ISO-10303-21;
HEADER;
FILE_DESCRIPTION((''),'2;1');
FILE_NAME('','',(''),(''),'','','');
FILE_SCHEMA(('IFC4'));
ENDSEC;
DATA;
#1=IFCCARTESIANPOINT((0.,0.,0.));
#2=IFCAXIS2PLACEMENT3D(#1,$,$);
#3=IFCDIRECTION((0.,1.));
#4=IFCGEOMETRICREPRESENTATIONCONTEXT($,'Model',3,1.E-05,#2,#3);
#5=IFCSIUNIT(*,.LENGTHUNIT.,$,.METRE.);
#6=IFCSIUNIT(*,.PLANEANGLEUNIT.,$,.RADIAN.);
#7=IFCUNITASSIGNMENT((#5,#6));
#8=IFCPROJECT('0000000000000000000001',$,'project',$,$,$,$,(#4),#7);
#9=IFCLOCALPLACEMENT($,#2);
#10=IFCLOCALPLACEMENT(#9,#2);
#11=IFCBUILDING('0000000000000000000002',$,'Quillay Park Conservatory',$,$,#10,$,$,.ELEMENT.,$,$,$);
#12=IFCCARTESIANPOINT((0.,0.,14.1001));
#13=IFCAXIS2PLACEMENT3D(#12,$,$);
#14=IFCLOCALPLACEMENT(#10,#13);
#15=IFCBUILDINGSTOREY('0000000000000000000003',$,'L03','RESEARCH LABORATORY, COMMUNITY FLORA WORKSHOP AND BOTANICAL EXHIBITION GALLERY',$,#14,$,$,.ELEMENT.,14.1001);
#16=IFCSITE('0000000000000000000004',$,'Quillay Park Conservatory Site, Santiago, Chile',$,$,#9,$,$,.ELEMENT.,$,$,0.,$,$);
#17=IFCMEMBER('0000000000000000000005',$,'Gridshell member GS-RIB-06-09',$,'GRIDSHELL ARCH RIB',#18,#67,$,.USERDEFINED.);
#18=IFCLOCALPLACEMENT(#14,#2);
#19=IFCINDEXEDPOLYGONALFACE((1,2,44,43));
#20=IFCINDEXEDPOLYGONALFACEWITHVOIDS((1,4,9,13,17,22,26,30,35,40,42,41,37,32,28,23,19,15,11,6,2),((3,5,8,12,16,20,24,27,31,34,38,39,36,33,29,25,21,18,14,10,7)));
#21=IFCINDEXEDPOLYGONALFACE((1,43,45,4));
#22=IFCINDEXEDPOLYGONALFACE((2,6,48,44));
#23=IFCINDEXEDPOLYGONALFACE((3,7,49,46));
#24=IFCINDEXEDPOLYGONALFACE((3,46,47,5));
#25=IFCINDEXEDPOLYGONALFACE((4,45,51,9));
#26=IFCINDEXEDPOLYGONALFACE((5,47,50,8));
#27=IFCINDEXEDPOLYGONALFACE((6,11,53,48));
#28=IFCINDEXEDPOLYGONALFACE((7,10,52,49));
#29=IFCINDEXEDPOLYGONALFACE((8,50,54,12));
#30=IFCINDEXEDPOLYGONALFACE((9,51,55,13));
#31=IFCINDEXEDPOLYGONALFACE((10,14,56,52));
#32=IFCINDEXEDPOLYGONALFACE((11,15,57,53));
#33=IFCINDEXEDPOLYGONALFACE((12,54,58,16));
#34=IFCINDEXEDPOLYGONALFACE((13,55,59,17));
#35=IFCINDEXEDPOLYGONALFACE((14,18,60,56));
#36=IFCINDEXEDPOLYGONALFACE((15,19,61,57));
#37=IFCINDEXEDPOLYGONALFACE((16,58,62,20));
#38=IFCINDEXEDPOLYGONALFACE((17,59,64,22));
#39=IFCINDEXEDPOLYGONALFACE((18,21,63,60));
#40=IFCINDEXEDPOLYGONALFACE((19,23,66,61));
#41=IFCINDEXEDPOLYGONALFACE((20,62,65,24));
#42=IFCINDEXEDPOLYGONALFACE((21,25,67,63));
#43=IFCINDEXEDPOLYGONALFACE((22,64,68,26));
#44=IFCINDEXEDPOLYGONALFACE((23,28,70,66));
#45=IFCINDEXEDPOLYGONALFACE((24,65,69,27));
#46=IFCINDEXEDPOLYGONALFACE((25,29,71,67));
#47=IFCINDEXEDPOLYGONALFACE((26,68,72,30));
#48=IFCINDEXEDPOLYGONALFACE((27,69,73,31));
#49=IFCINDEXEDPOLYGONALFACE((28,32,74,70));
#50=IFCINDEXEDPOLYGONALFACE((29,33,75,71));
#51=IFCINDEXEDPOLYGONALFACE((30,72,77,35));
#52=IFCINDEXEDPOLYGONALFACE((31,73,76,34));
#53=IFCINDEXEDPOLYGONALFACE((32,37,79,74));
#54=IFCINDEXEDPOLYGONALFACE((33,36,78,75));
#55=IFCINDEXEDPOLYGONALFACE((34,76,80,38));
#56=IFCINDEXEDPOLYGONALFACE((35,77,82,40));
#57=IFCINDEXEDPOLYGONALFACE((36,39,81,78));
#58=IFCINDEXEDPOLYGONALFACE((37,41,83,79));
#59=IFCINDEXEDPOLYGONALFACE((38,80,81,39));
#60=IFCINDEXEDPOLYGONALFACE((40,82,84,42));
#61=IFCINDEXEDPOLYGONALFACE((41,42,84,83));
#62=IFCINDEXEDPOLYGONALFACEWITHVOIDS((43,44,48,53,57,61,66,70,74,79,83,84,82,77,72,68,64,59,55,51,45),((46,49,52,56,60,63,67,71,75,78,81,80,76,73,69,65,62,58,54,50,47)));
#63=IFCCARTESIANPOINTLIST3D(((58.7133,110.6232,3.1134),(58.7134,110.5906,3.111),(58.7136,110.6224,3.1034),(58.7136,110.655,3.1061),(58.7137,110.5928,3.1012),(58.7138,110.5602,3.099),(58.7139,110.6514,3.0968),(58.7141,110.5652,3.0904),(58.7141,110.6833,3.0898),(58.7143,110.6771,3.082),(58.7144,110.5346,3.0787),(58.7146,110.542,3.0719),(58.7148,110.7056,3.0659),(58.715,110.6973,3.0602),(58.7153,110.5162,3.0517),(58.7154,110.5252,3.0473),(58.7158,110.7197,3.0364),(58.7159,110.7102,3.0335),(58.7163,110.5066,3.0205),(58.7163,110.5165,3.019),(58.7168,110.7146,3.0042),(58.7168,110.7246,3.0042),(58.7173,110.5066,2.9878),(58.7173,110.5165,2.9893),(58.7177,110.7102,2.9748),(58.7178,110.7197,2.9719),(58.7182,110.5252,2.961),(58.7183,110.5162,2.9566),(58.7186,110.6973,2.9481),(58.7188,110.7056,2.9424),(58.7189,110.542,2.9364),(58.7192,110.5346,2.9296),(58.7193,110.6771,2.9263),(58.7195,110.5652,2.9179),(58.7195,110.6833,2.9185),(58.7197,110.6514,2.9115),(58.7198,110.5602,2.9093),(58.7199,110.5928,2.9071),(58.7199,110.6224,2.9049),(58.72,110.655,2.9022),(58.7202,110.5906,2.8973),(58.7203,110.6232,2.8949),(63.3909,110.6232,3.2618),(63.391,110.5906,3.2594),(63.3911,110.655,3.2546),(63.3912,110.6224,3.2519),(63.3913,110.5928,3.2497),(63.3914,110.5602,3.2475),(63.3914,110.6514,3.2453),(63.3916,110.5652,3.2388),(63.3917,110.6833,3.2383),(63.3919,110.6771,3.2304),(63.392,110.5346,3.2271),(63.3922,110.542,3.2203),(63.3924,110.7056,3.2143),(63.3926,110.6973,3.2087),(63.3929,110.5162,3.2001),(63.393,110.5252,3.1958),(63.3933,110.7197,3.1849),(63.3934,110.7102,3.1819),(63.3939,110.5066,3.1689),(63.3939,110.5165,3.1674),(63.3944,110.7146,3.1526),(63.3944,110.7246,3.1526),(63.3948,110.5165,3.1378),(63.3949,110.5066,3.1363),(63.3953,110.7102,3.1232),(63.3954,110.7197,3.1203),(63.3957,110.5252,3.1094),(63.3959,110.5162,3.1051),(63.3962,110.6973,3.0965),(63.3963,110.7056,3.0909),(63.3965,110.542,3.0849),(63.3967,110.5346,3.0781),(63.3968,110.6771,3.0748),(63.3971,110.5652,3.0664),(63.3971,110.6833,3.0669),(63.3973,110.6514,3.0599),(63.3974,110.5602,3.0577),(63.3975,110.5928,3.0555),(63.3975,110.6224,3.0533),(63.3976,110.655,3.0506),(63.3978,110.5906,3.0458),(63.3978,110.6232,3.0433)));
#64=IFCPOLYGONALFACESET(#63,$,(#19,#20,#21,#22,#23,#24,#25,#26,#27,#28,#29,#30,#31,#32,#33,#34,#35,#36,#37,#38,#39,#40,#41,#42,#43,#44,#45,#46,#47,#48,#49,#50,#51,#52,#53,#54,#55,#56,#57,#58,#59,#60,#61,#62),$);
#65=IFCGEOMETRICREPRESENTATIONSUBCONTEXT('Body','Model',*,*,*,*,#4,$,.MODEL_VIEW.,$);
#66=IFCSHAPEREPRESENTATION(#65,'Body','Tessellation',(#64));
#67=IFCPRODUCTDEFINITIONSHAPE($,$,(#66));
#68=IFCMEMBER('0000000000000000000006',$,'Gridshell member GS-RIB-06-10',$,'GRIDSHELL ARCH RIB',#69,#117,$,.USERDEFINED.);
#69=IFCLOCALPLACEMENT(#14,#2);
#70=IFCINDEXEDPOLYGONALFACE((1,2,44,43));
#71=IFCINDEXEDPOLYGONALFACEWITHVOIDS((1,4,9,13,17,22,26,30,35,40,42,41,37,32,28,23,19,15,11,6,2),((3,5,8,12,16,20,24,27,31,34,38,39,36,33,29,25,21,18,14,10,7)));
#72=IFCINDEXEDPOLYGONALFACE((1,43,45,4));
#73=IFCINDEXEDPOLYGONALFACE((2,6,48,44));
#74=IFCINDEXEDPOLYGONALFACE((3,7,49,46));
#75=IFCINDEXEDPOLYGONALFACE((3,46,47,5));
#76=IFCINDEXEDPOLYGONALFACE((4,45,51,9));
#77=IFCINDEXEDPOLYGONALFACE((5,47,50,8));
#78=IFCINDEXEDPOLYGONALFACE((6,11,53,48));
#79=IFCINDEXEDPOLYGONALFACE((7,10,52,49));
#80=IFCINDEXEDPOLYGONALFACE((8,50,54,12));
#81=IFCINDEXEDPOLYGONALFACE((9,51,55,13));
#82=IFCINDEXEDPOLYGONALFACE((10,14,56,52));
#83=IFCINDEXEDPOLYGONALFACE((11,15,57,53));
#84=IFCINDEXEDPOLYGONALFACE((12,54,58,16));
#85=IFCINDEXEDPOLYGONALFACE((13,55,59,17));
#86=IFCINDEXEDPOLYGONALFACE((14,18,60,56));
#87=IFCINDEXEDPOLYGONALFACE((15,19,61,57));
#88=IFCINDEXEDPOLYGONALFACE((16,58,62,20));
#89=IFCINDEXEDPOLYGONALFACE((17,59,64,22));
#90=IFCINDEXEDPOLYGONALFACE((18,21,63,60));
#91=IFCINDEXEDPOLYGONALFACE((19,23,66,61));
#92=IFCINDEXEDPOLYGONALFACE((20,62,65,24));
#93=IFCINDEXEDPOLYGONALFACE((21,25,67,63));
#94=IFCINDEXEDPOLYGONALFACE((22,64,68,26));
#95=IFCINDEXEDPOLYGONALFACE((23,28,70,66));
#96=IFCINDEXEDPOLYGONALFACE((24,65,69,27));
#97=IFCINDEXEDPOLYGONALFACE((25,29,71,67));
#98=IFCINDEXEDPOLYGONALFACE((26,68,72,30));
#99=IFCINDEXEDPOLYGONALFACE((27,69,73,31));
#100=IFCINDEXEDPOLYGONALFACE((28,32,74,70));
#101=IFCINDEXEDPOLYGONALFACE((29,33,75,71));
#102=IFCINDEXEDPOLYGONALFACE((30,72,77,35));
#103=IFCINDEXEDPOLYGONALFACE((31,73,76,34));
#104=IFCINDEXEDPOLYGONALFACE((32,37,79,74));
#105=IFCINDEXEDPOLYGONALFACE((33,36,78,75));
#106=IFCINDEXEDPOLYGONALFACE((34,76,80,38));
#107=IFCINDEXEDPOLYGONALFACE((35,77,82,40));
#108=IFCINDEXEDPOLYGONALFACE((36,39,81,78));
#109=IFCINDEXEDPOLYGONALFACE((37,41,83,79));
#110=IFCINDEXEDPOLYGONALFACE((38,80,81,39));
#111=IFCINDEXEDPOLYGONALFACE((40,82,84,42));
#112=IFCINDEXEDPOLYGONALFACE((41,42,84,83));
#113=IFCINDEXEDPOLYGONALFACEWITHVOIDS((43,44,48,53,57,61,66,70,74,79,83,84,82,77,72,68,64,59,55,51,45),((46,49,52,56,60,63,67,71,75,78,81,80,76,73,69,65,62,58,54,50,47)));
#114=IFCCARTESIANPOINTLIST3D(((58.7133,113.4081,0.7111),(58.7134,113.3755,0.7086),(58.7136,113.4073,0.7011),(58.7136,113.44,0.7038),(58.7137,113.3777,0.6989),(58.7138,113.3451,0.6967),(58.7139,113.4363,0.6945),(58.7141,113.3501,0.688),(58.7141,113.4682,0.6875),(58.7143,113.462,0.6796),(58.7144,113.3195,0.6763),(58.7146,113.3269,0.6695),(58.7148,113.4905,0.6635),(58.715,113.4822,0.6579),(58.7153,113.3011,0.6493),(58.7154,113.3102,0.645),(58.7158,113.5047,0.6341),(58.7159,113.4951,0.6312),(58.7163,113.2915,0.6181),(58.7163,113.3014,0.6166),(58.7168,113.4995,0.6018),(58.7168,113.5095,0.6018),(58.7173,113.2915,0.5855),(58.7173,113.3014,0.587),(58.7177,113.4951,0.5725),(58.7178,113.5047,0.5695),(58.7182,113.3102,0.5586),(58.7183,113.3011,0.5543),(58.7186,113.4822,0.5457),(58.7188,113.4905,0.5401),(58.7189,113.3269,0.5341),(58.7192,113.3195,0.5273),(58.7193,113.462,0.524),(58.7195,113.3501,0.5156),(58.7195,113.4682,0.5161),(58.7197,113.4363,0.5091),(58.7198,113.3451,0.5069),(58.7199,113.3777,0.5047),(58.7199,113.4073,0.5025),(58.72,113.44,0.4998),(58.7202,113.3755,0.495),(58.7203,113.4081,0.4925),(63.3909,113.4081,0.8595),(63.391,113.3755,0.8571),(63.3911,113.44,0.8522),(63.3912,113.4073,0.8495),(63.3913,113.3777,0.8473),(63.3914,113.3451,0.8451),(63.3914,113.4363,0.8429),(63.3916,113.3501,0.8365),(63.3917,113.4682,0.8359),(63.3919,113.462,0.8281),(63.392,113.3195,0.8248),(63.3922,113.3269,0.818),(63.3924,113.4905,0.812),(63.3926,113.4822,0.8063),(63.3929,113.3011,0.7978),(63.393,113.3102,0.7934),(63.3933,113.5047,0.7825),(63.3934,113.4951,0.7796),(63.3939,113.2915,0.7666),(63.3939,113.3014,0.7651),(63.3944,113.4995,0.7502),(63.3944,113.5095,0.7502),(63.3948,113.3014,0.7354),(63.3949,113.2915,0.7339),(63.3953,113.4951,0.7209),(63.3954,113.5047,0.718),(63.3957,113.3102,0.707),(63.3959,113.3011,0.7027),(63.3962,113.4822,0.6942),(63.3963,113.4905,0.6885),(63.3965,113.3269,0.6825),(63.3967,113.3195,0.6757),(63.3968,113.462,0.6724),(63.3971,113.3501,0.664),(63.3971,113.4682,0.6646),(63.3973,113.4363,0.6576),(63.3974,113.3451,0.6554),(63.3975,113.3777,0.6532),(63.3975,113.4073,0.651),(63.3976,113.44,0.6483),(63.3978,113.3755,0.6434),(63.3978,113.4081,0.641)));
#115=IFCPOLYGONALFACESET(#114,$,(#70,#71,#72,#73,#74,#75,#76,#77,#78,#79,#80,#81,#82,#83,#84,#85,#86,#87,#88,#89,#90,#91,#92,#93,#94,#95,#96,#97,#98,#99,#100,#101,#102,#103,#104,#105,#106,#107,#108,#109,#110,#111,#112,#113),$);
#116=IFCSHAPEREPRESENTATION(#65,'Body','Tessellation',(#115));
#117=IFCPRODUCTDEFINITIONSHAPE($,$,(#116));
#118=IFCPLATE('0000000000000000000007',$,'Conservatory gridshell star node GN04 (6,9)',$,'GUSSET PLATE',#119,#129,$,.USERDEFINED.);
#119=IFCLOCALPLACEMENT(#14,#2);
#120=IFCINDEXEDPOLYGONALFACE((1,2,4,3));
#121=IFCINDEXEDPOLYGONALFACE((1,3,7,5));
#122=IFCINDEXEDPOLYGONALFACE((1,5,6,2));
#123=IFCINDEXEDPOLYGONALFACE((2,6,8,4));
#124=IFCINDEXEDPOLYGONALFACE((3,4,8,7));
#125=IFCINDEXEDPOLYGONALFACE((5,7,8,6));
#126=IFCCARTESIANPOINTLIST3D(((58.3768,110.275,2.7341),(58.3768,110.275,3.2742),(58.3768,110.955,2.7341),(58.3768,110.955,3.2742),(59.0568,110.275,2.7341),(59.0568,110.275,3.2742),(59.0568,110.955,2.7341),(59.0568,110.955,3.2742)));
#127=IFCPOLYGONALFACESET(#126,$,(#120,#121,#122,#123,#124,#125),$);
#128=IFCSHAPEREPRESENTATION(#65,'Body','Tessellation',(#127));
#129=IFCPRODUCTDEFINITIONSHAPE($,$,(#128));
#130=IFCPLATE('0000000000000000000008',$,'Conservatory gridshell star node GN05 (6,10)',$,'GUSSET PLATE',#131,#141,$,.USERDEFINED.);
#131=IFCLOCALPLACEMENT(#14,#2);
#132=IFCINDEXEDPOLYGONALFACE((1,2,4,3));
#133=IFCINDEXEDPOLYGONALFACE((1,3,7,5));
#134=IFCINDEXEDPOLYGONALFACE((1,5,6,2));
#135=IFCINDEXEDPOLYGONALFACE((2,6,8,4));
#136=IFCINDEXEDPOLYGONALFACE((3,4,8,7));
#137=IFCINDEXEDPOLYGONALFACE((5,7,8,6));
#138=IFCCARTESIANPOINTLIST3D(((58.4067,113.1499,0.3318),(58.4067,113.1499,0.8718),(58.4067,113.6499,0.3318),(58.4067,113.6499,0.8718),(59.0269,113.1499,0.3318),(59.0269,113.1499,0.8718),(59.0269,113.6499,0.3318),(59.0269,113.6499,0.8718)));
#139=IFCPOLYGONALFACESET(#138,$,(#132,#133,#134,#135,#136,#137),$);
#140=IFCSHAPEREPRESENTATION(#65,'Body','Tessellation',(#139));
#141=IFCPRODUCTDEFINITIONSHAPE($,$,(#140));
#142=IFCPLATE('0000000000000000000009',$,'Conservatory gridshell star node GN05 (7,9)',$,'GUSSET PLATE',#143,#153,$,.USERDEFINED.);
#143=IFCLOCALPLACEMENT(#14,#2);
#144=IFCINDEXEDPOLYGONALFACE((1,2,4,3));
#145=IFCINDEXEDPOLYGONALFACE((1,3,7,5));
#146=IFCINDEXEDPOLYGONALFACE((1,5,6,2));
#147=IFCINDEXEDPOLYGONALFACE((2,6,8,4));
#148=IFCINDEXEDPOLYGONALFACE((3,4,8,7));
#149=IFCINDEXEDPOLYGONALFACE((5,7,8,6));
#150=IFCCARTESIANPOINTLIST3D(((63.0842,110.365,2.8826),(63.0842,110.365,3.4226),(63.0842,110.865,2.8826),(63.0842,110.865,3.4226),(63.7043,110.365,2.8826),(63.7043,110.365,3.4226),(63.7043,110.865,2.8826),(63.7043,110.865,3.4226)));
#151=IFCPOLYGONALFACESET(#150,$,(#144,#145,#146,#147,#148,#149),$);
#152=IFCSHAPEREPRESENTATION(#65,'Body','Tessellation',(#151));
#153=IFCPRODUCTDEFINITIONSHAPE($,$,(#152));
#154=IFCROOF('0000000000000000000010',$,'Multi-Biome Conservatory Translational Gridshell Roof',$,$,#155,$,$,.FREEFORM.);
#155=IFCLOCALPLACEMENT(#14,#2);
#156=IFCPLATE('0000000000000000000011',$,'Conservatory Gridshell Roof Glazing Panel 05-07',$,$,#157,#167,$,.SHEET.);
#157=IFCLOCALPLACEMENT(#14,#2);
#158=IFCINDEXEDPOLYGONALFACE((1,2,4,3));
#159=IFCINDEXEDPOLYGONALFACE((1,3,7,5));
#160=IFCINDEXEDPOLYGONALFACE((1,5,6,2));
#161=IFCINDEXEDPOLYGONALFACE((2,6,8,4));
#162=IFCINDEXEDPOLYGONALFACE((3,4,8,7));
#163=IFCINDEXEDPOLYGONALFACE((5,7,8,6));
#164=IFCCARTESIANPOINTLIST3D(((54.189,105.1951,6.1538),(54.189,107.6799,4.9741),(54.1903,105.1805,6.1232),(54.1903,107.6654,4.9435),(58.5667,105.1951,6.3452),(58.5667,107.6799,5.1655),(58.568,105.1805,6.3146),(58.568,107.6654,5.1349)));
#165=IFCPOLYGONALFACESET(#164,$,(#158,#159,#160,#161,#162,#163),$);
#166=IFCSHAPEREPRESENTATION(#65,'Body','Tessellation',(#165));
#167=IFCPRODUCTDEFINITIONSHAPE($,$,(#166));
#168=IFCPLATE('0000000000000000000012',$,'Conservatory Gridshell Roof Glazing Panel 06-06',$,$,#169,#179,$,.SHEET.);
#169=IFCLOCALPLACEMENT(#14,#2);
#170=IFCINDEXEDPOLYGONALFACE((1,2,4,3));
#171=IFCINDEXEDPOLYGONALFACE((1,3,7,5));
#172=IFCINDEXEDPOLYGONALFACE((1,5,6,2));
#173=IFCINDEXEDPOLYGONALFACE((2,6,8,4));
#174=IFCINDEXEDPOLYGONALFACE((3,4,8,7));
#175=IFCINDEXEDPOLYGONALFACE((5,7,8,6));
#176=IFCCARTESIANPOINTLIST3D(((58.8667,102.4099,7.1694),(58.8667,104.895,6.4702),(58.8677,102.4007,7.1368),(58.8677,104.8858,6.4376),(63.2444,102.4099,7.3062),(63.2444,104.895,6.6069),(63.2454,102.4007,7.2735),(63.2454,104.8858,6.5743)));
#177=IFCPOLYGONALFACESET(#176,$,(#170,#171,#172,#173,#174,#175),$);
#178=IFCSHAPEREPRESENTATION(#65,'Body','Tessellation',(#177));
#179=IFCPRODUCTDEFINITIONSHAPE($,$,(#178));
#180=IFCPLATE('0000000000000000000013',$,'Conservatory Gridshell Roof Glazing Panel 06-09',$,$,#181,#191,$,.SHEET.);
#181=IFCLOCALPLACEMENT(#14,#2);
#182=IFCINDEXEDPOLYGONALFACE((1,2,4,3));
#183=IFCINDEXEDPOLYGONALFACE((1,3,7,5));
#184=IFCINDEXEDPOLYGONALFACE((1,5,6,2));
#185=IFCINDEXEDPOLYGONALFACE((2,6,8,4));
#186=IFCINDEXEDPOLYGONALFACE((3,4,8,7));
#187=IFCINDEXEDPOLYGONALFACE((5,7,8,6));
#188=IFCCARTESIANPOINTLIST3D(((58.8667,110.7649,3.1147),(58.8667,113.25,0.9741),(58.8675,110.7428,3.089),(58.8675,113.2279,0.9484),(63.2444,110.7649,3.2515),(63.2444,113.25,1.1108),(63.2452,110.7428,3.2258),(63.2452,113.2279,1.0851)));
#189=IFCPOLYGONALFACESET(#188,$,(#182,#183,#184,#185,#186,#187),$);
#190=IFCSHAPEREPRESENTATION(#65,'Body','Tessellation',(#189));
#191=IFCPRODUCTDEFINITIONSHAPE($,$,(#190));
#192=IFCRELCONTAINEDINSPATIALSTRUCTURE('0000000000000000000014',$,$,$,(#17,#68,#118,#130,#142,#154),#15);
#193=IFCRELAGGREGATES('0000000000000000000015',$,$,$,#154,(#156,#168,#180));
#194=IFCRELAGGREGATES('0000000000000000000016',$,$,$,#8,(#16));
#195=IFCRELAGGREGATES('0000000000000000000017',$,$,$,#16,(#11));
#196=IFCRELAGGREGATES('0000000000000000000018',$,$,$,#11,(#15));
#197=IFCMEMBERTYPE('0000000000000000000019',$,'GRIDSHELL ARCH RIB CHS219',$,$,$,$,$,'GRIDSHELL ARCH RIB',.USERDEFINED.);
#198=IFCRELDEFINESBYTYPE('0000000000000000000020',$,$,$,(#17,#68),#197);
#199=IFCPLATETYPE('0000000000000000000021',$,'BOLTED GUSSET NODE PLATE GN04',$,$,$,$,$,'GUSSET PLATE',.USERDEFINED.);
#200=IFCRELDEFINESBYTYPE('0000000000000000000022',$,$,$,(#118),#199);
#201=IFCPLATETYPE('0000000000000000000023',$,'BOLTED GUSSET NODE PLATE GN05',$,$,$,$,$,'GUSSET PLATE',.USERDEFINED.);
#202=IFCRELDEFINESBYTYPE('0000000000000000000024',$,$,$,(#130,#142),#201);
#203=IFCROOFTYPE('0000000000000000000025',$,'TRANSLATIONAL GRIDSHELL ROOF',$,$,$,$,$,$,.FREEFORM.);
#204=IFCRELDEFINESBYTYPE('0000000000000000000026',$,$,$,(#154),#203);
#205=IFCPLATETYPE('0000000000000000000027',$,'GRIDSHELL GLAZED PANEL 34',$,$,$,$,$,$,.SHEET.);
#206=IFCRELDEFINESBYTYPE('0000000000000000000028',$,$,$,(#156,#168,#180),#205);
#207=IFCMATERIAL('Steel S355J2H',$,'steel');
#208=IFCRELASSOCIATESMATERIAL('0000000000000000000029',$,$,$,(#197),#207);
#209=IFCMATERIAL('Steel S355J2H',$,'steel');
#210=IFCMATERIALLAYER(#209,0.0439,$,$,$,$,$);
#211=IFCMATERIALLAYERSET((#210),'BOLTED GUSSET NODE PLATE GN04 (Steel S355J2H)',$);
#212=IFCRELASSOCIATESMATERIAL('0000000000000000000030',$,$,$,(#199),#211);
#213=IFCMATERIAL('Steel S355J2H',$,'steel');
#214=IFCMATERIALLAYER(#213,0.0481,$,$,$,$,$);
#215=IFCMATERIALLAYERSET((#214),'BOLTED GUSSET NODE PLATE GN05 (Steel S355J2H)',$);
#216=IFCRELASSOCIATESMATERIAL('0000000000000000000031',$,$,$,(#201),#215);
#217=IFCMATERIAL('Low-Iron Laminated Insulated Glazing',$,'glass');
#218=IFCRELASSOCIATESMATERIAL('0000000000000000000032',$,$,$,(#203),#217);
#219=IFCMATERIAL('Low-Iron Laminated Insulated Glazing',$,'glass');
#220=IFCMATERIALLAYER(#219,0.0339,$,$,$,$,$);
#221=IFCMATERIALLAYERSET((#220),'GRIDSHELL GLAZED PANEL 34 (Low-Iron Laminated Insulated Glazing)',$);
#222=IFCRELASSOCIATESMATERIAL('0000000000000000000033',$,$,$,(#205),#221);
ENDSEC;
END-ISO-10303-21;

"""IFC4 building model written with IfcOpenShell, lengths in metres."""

from ifc_helpers import new_model, si_unit, direction, frame, origin, origin_2d, place, context, subcontext, project, spatial, polyline, rectangle, hollow_circle, outline, extrude, material, layer, layer_set, material_profile, profile_set, type_object, element, aggregate, save


model = new_model("IFC4")

# Units and contexts
model_context = context("Model", 3, precision=1e-05, world=origin(), true_north=direction((0.0, 1.0)))
body_context = subcontext(model_context, "Body", "Model", "MODEL_VIEW")
ifc_project = project(units=[si_unit("LENGTHUNIT", "METRE"), si_unit("PLANEANGLEUNIT", "RADIAN")], contexts=[model_context])

# Site, building, storey
site_placement = place(None, origin())
site = spatial("IfcSite", under=ifc_project, at=site_placement, Name="Quillay Park Conservatory Site, Santiago, Chile", CompositionType="ELEMENT", RefElevation=0.0)
building_placement = place(site_placement, origin())
building = spatial("IfcBuilding", under=site, at=building_placement, Name="Quillay Park Conservatory", CompositionType="ELEMENT")
storey_placement = place(building_placement, frame((0.0, 0.0, 14.1001)))
storey = spatial("IfcBuildingStorey", under=building, at=storey_placement, Name="L03", Description="RESEARCH LABORATORY, COMMUNITY FLORA WORKSHOP AND BOTANICAL EXHIBITION GALLERY", CompositionType="ELEMENT", Elevation=14.1001)

# Members
ifc_material_1 = material(Name="Steel S355J2H", Category="steel")
ifc_material_profile_1 = material_profile(ifc_material_1, hollow_circle(Radius=0.1096, WallThickness=0.01, at=origin_2d()), Name="CHS219.1x10")
ifc_profile_set_1 = profile_set([ifc_material_profile_1], Name="Steel S355J2H")
member_type = type_object("IfcMemberType", Name="GRIDSHELL ARCH RIB CHS219", ElementType="GRIDSHELL ARCH RIB", PredefinedType="USERDEFINED", material=ifc_profile_set_1)
for number, where, z_axis, x_axis, name in (
    (1, (58.7168, 110.615, 3.0042), (0.999497, 0.0, 0.031718), (0.0, 1.0, 0.0), "Gridshell member GS-RIB-06-09"),
    (2, (58.7168, 113.3999, 0.6018), (0.999497, 0.0, 0.031718), (0.0, 1.0, 0.0), "Gridshell member GS-RIB-06-10"),
):
    element("IfcMember", number, at=place(storey_placement, frame(where, z_axis=z_axis, x_axis=x_axis)), inside=storey, type_object=member_type, Name=name, ObjectType="GRIDSHELL ARCH RIB", PredefinedType="USERDEFINED", context=body_context, shape_type="SweptSolid", body=[
        extrude(hollow_circle(Radius=0.1096, WallThickness=0.01, at=origin_2d()), origin(), (0.0, 0.0, 1.0), 4.6799),
    ])

# Plates
ifc_material_2 = material(Name="Steel S355J2H", Category="steel")
ifc_layer_1 = layer(ifc_material_2, 0.0439)
ifc_layer_set_1 = layer_set([ifc_layer_1], Name="BOLTED GUSSET NODE PLATE GN04 (Steel S355J2H)")
plate_type_1 = type_object("IfcPlateType", Name="BOLTED GUSSET NODE PLATE GN04", ElementType="GUSSET PLATE", PredefinedType="USERDEFINED", material=ifc_layer_set_1)
plate_1_placement = place(storey_placement, frame((58.7168, 110.615, 2.7341), z_axis=(0.0, 0.0, 1.0), x_axis=(1.0, 0.0, 0.0)))
element("IfcPlate", 3, at=plate_1_placement, inside=storey, type_object=plate_type_1, Name="Conservatory gridshell star node GN04 (6,9)", ObjectType="GUSSET PLATE", PredefinedType="USERDEFINED", context=body_context, shape_type="SweptSolid", body=[
    extrude(rectangle(XDim=0.6799, YDim=0.6799, at=origin_2d()), origin(), (0.0, 0.0, 1.0), 0.54),
])
ifc_material_3 = material(Name="Steel S355J2H", Category="steel")
ifc_layer_2 = layer(ifc_material_3, 0.0481)
ifc_layer_set_2 = layer_set([ifc_layer_2], Name="BOLTED GUSSET NODE PLATE GN05 (Steel S355J2H)")
plate_type_2 = type_object("IfcPlateType", Name="BOLTED GUSSET NODE PLATE GN05", ElementType="GUSSET PLATE", PredefinedType="USERDEFINED", material=ifc_layer_set_2)
for number, where, z_axis, x_axis, name in (
    (4, (58.7168, 113.3999, 0.3318), (0.0, 0.0, 1.0), (1.0, 0.0, 0.0), "Conservatory gridshell star node GN05 (6,10)"),
    (5, (63.3943, 110.615, 2.8826), (0.0, 0.0, 1.0), (1.0, 0.0, 0.0), "Conservatory gridshell star node GN05 (7,9)"),
):
    element("IfcPlate", number, at=place(storey_placement, frame(where, z_axis=z_axis, x_axis=x_axis)), inside=storey, type_object=plate_type_2, Name=name, ObjectType="GUSSET PLATE", PredefinedType="USERDEFINED", context=body_context, shape_type="SweptSolid", body=[
        extrude(rectangle(XDim=0.6201, YDim=0.5, at=origin_2d()), origin(), (0.0, 0.0, 1.0), 0.54),
    ])

# Roof, plates
ifc_material_4 = material(Name="Low-Iron Laminated Insulated Glazing", Category="glass")
roof_type = type_object("IfcRoofType", Name="TRANSLATIONAL GRIDSHELL ROOF", PredefinedType="FREEFORM", material=ifc_material_4)
roof_placement = place(storey_placement, origin())
roof = element("IfcRoof", 6, at=roof_placement, inside=storey, type_object=roof_type, Name="Multi-Biome Conservatory Translational Gridshell Roof", PredefinedType="FREEFORM")
ifc_material_5 = material(Name="Low-Iron Laminated Insulated Glazing", Category="glass")
ifc_layer_3 = layer(ifc_material_5, 0.0339)
ifc_layer_set_3 = layer_set([ifc_layer_3], Name="GRIDSHELL GLAZED PANEL 34 (Low-Iron Laminated Insulated Glazing)")
plate_type_3 = type_object("IfcPlateType", Name="GRIDSHELL GLAZED PANEL 34", PredefinedType="SHEET", material=ifc_layer_set_3)
plate_2_placement = place(storey_placement, frame((54.189, 105.1951, 6.1538), z_axis=(-0.039467, 0.428538, 0.902661), x_axis=(0.999046, 0.0, 0.043681)))
plate_2 = element("IfcPlate", 7, at=plate_2_placement, type_object=plate_type_3, Name="Conservatory Gridshell Roof Glazing Panel 05-07", PredefinedType="SHEET", context=body_context, shape_type="SweptSolid", body=[
    extrude(outline(polyline([(0.0, 0.0), (4.3819, 0.0), (4.3303, 2.7502), (-0.0515, 2.7502), (0.0, 0.0)])), origin(), (0.0, 0.0, -1.0), 0.0339),
])
plate_3_placement = place(storey_placement, frame((58.8667, 102.4099, 7.1694), z_axis=(-0.03005, 0.270725, 0.962188), x_axis=(0.999513, 0.0, 0.031216)))
plate_3 = element("IfcPlate", 8, at=plate_3_placement, type_object=plate_type_3, Name="Conservatory Gridshell Roof Glazing Panel 06-06", PredefinedType="SHEET", context=body_context, shape_type="SweptSolid", body=[
    extrude(outline(polyline([(0.0, 0.0), (4.3798, 0.0), (4.358, 2.5815), (-0.0218, 2.5815), (0.0, 0.0)])), origin(), (0.0, 0.0, -1.0), 0.0339),
])
plate_4_placement = place(storey_placement, frame((58.8667, 110.7649, 3.1147), z_axis=(-0.023656, 0.652458, 0.757456), x_axis=(0.999513, 0.0, 0.031216)))
plate_4 = element("IfcPlate", 9, at=plate_4_placement, type_object=plate_type_3, Name="Conservatory Gridshell Roof Glazing Panel 06-09", PredefinedType="SHEET", context=body_context, shape_type="SweptSolid", body=[
    extrude(outline(polyline([(0.0, 0.0), (4.3798, 0.0), (4.313, 3.2793), (-0.0668, 3.2793), (0.0, 0.0)])), origin(), (0.0, 0.0, -1.0), 0.0339),
])
aggregate(roof, [plate_2, plate_3, plate_4])

save(model, "model.ifc")
